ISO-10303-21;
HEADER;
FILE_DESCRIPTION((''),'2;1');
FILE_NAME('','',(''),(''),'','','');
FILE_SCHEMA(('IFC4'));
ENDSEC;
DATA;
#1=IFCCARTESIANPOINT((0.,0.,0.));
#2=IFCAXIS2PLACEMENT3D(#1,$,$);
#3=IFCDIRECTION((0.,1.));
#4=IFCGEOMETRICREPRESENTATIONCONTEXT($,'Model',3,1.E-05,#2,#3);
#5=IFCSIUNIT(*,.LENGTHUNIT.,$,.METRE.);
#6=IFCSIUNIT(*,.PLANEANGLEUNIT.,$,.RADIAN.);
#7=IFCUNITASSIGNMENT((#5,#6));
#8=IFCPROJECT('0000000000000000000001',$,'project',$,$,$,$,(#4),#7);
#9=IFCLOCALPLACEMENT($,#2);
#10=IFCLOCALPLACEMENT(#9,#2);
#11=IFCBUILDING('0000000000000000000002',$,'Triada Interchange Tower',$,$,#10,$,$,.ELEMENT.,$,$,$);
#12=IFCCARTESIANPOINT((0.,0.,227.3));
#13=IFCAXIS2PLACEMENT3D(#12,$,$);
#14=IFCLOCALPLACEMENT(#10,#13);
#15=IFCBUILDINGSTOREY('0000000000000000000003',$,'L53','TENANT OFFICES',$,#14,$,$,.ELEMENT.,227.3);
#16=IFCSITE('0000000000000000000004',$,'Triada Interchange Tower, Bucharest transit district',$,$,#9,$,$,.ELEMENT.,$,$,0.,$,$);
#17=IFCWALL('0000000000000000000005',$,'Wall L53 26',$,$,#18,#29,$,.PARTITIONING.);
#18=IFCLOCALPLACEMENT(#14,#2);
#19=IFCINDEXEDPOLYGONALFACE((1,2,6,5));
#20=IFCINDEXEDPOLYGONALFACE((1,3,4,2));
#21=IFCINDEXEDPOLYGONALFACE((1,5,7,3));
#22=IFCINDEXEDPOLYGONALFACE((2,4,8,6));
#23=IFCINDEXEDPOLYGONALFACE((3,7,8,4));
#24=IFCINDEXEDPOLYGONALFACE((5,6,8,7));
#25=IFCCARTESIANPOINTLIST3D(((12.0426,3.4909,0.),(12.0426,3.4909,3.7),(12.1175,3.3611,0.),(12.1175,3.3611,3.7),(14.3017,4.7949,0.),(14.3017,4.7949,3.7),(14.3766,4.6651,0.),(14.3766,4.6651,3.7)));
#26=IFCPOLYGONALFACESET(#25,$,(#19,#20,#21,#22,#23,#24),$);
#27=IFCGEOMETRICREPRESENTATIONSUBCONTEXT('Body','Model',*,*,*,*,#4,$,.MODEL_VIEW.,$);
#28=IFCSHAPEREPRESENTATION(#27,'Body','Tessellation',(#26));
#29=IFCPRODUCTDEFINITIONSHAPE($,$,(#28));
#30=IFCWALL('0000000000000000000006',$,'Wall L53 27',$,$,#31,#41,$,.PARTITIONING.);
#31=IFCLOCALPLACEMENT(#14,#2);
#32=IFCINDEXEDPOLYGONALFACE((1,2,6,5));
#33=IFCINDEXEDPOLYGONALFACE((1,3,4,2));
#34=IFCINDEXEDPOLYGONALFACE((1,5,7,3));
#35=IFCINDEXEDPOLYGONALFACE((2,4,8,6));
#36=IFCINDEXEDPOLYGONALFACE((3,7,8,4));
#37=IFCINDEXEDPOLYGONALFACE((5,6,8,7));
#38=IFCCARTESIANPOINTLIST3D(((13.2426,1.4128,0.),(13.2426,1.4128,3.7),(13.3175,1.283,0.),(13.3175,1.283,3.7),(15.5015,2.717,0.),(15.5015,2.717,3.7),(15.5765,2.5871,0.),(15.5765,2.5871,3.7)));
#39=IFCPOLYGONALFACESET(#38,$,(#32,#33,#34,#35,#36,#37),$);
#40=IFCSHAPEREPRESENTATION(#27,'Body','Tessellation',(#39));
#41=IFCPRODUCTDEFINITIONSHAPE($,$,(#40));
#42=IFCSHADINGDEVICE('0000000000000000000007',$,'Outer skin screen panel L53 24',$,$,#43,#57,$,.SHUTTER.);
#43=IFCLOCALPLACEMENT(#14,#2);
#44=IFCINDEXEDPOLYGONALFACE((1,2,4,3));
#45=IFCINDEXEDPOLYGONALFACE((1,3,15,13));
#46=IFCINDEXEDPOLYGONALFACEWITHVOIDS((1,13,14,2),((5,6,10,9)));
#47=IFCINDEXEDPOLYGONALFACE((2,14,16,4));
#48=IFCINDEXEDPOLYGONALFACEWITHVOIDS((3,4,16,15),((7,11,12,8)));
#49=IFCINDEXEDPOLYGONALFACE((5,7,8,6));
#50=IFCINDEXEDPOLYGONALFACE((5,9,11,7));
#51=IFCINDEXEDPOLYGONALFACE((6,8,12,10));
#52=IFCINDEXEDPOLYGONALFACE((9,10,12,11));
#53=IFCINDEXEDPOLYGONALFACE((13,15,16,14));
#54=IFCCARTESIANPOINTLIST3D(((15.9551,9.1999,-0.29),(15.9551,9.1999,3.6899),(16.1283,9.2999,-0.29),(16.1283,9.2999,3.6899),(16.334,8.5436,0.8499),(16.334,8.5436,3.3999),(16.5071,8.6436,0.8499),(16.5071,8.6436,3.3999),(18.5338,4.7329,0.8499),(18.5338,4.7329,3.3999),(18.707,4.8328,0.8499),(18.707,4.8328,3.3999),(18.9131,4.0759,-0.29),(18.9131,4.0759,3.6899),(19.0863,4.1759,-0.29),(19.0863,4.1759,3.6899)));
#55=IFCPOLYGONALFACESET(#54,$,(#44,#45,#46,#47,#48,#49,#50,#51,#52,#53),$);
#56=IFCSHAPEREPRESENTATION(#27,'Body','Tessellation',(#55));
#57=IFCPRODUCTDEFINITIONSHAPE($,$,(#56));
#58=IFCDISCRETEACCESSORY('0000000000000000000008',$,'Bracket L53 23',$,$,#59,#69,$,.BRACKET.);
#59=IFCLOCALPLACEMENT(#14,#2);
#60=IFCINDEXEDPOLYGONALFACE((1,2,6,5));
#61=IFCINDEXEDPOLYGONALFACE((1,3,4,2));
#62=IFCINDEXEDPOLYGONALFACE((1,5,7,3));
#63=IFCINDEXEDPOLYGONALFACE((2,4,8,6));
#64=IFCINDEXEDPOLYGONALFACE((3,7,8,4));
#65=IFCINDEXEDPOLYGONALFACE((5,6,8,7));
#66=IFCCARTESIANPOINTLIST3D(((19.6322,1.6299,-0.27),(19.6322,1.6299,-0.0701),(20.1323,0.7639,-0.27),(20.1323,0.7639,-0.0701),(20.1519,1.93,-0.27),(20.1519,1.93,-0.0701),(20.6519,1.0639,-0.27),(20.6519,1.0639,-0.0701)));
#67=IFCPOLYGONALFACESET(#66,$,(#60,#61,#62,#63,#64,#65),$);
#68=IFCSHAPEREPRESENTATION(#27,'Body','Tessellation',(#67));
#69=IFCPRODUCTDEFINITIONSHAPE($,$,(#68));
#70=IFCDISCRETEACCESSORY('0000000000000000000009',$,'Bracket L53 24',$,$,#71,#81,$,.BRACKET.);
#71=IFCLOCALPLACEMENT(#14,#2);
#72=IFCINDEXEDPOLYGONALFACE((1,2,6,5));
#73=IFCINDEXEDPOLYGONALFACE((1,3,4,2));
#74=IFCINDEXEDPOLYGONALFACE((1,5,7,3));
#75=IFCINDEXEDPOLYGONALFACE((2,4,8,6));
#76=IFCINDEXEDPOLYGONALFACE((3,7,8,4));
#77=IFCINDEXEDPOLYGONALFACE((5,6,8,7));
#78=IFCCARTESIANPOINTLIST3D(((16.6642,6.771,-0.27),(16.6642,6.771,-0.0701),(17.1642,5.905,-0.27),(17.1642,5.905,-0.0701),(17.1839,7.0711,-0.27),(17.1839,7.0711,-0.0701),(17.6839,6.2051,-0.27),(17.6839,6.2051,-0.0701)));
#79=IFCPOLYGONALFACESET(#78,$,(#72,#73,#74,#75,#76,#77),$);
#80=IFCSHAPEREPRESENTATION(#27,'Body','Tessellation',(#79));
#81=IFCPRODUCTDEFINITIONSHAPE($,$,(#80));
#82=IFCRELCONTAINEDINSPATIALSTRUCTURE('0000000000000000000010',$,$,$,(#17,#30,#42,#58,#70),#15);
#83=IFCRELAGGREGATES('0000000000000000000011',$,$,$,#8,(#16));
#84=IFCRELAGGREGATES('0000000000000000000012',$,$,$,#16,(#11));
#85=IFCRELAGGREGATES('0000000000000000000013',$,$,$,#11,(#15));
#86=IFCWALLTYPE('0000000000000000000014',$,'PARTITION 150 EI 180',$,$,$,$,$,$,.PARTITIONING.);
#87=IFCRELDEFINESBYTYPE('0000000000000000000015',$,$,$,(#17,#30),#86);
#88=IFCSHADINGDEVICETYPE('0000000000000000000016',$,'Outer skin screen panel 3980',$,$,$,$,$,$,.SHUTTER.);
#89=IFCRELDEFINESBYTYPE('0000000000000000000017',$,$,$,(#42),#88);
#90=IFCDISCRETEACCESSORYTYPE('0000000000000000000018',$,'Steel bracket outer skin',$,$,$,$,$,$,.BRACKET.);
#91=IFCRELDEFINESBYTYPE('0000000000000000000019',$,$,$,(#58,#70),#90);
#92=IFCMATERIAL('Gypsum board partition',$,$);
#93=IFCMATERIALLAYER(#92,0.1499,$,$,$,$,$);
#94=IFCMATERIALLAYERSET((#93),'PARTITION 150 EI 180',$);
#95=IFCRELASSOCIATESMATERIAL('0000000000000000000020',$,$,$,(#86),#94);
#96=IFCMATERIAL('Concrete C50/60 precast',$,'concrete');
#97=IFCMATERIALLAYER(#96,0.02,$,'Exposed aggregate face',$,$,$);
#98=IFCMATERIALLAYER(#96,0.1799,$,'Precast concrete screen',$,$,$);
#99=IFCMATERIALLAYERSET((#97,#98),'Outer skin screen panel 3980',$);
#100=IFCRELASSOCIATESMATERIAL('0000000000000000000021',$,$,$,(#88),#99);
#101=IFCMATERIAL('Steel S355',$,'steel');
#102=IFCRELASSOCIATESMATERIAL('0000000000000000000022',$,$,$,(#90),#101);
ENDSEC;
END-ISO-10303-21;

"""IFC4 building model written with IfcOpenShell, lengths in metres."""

from ifc_helpers import new_model, si_unit, direction, frame, frame_2d, origin, origin_2d, place, context, subcontext, project, spatial, polyline, rectangle, outline, extrude, material, layer, layer_set, type_object, element, save


model = new_model("IFC4")

# Units and contexts
model_context = context("Model", 3, precision=1e-05, world=origin(), true_north=direction((0.0, 1.0)))
body_context = subcontext(model_context, "Body", "Model", "MODEL_VIEW")
ifc_project = project(units=[si_unit("LENGTHUNIT", "METRE"), si_unit("PLANEANGLEUNIT", "RADIAN")], contexts=[model_context])

# Site, building, storey
site_placement = place(None, origin())
site = spatial("IfcSite", under=ifc_project, at=site_placement, Name="Triada Interchange Tower, Bucharest transit district", CompositionType="ELEMENT", RefElevation=0.0)
building_placement = place(site_placement, origin())
building = spatial("IfcBuilding", under=site, at=building_placement, Name="Triada Interchange Tower", CompositionType="ELEMENT")
storey_placement = place(building_placement, frame((0.0, 0.0, 227.3)))
storey = spatial("IfcBuildingStorey", under=building, at=storey_placement, Name="L53", Description="TENANT OFFICES", CompositionType="ELEMENT", Elevation=227.3)

# Walls
ifc_material_1 = material(Name="Gypsum board partition")
ifc_layer_1 = layer(ifc_material_1, 0.1499)
ifc_layer_set_1 = layer_set([ifc_layer_1], Name="PARTITION 150 EI 180")
wall_type_1 = type_object("IfcWallType", Name="PARTITION 150 EI 180", PredefinedType="PARTITIONING", material=ifc_layer_set_1)
for number, where, z_axis, x_axis, name in (
    (1, (12.0801, 3.426, 0.0), (0.0, 0.0, 1.0), (0.866075, 0.499914, 0.0), "Wall L53 26"),
    (2, (13.28, 1.3479, 0.0), (0.0, 0.0, 1.0), (0.866034, 0.499984, 0.0), "Wall L53 27"),
):
    element("IfcWall", number, at=place(storey_placement, frame(where, z_axis=z_axis, x_axis=x_axis)), inside=storey, type_object=wall_type_1, Name=name, PredefinedType="PARTITIONING", context=body_context, shape_type="SweptSolid", body=[
        extrude(rectangle(XDim=2.6084, YDim=0.1499, at=frame_2d((1.3042, 0.0))), origin(), (0.0, 0.0, 1.0), 3.7),
    ])

# Shading device
ifc_material_2 = material(Name="Concrete C50/60 precast", Category="concrete")
ifc_layer_2 = layer(ifc_material_2, 0.02, Name="Exposed aggregate face")
ifc_layer_3 = layer(ifc_material_2, 0.1799, Name="Precast concrete screen")
ifc_layer_set_2 = layer_set([ifc_layer_2, ifc_layer_3], Name="Outer skin screen panel 3980")
shading_device_type = type_object("IfcShadingDeviceType", Name="Outer skin screen panel 3980", PredefinedType="SHUTTER", material=ifc_layer_set_2)
shading_device_placement = place(storey_placement, frame((18.9131, 4.0759, -0.29), z_axis=(0.0, 0.0, 1.0), x_axis=(-0.499956, 0.866051, 0.0)))
element("IfcShadingDevice", 3, at=shading_device_placement, inside=storey, type_object=shading_device_type, Name="Outer skin screen panel L53 24", PredefinedType="SHUTTER", context=body_context, shape_type="SweptSolid", body=[
    extrude(outline(polyline([(0.0, 0.0), (5.9165, 0.0), (5.9165, 3.98), (0.0, 3.98), (0.0, 0.0)]), holes=[polyline([(0.7585, 1.1399), (0.7585, 3.6899), (5.1587, 3.6899), (5.1587, 1.1399), (0.7585, 1.1399)])]), frame((0.0, 0.0, 0.0), z_axis=(0.0, -1.0, 0.0), x_axis=(1.0, 0.0, 0.0)), (0.0, 0.0, 1.0), 0.2),
])

# Discrete accessories
ifc_material_3 = material(Name="Steel S355", Category="steel")
discrete_accessory_type = type_object("IfcDiscreteAccessoryType", Name="Steel bracket outer skin", PredefinedType="BRACKET", material=ifc_material_3)
for number, where, z_axis, x_axis, name in (
    (4, (20.1421, 1.3469, -0.27), (0.0, 0.0, 1.0), (0.866014, 0.500019, 0.0), "Bracket L53 23"),
    (5, (17.1741, 6.488, -0.27), (0.0, 0.0, 1.0), (0.866014, 0.500019, 0.0), "Bracket L53 24"),
):
    element("IfcDiscreteAccessory", number, at=place(storey_placement, frame(where, z_axis=z_axis, x_axis=x_axis)), inside=storey, type_object=discrete_accessory_type, Name=name, PredefinedType="BRACKET", context=body_context, shape_type="SweptSolid", body=[
        extrude(rectangle(XDim=0.6001, YDim=1.0, at=origin_2d()), origin(), (0.0, 0.0, 1.0), 0.2),
    ])

save(model, "model.ifc")
